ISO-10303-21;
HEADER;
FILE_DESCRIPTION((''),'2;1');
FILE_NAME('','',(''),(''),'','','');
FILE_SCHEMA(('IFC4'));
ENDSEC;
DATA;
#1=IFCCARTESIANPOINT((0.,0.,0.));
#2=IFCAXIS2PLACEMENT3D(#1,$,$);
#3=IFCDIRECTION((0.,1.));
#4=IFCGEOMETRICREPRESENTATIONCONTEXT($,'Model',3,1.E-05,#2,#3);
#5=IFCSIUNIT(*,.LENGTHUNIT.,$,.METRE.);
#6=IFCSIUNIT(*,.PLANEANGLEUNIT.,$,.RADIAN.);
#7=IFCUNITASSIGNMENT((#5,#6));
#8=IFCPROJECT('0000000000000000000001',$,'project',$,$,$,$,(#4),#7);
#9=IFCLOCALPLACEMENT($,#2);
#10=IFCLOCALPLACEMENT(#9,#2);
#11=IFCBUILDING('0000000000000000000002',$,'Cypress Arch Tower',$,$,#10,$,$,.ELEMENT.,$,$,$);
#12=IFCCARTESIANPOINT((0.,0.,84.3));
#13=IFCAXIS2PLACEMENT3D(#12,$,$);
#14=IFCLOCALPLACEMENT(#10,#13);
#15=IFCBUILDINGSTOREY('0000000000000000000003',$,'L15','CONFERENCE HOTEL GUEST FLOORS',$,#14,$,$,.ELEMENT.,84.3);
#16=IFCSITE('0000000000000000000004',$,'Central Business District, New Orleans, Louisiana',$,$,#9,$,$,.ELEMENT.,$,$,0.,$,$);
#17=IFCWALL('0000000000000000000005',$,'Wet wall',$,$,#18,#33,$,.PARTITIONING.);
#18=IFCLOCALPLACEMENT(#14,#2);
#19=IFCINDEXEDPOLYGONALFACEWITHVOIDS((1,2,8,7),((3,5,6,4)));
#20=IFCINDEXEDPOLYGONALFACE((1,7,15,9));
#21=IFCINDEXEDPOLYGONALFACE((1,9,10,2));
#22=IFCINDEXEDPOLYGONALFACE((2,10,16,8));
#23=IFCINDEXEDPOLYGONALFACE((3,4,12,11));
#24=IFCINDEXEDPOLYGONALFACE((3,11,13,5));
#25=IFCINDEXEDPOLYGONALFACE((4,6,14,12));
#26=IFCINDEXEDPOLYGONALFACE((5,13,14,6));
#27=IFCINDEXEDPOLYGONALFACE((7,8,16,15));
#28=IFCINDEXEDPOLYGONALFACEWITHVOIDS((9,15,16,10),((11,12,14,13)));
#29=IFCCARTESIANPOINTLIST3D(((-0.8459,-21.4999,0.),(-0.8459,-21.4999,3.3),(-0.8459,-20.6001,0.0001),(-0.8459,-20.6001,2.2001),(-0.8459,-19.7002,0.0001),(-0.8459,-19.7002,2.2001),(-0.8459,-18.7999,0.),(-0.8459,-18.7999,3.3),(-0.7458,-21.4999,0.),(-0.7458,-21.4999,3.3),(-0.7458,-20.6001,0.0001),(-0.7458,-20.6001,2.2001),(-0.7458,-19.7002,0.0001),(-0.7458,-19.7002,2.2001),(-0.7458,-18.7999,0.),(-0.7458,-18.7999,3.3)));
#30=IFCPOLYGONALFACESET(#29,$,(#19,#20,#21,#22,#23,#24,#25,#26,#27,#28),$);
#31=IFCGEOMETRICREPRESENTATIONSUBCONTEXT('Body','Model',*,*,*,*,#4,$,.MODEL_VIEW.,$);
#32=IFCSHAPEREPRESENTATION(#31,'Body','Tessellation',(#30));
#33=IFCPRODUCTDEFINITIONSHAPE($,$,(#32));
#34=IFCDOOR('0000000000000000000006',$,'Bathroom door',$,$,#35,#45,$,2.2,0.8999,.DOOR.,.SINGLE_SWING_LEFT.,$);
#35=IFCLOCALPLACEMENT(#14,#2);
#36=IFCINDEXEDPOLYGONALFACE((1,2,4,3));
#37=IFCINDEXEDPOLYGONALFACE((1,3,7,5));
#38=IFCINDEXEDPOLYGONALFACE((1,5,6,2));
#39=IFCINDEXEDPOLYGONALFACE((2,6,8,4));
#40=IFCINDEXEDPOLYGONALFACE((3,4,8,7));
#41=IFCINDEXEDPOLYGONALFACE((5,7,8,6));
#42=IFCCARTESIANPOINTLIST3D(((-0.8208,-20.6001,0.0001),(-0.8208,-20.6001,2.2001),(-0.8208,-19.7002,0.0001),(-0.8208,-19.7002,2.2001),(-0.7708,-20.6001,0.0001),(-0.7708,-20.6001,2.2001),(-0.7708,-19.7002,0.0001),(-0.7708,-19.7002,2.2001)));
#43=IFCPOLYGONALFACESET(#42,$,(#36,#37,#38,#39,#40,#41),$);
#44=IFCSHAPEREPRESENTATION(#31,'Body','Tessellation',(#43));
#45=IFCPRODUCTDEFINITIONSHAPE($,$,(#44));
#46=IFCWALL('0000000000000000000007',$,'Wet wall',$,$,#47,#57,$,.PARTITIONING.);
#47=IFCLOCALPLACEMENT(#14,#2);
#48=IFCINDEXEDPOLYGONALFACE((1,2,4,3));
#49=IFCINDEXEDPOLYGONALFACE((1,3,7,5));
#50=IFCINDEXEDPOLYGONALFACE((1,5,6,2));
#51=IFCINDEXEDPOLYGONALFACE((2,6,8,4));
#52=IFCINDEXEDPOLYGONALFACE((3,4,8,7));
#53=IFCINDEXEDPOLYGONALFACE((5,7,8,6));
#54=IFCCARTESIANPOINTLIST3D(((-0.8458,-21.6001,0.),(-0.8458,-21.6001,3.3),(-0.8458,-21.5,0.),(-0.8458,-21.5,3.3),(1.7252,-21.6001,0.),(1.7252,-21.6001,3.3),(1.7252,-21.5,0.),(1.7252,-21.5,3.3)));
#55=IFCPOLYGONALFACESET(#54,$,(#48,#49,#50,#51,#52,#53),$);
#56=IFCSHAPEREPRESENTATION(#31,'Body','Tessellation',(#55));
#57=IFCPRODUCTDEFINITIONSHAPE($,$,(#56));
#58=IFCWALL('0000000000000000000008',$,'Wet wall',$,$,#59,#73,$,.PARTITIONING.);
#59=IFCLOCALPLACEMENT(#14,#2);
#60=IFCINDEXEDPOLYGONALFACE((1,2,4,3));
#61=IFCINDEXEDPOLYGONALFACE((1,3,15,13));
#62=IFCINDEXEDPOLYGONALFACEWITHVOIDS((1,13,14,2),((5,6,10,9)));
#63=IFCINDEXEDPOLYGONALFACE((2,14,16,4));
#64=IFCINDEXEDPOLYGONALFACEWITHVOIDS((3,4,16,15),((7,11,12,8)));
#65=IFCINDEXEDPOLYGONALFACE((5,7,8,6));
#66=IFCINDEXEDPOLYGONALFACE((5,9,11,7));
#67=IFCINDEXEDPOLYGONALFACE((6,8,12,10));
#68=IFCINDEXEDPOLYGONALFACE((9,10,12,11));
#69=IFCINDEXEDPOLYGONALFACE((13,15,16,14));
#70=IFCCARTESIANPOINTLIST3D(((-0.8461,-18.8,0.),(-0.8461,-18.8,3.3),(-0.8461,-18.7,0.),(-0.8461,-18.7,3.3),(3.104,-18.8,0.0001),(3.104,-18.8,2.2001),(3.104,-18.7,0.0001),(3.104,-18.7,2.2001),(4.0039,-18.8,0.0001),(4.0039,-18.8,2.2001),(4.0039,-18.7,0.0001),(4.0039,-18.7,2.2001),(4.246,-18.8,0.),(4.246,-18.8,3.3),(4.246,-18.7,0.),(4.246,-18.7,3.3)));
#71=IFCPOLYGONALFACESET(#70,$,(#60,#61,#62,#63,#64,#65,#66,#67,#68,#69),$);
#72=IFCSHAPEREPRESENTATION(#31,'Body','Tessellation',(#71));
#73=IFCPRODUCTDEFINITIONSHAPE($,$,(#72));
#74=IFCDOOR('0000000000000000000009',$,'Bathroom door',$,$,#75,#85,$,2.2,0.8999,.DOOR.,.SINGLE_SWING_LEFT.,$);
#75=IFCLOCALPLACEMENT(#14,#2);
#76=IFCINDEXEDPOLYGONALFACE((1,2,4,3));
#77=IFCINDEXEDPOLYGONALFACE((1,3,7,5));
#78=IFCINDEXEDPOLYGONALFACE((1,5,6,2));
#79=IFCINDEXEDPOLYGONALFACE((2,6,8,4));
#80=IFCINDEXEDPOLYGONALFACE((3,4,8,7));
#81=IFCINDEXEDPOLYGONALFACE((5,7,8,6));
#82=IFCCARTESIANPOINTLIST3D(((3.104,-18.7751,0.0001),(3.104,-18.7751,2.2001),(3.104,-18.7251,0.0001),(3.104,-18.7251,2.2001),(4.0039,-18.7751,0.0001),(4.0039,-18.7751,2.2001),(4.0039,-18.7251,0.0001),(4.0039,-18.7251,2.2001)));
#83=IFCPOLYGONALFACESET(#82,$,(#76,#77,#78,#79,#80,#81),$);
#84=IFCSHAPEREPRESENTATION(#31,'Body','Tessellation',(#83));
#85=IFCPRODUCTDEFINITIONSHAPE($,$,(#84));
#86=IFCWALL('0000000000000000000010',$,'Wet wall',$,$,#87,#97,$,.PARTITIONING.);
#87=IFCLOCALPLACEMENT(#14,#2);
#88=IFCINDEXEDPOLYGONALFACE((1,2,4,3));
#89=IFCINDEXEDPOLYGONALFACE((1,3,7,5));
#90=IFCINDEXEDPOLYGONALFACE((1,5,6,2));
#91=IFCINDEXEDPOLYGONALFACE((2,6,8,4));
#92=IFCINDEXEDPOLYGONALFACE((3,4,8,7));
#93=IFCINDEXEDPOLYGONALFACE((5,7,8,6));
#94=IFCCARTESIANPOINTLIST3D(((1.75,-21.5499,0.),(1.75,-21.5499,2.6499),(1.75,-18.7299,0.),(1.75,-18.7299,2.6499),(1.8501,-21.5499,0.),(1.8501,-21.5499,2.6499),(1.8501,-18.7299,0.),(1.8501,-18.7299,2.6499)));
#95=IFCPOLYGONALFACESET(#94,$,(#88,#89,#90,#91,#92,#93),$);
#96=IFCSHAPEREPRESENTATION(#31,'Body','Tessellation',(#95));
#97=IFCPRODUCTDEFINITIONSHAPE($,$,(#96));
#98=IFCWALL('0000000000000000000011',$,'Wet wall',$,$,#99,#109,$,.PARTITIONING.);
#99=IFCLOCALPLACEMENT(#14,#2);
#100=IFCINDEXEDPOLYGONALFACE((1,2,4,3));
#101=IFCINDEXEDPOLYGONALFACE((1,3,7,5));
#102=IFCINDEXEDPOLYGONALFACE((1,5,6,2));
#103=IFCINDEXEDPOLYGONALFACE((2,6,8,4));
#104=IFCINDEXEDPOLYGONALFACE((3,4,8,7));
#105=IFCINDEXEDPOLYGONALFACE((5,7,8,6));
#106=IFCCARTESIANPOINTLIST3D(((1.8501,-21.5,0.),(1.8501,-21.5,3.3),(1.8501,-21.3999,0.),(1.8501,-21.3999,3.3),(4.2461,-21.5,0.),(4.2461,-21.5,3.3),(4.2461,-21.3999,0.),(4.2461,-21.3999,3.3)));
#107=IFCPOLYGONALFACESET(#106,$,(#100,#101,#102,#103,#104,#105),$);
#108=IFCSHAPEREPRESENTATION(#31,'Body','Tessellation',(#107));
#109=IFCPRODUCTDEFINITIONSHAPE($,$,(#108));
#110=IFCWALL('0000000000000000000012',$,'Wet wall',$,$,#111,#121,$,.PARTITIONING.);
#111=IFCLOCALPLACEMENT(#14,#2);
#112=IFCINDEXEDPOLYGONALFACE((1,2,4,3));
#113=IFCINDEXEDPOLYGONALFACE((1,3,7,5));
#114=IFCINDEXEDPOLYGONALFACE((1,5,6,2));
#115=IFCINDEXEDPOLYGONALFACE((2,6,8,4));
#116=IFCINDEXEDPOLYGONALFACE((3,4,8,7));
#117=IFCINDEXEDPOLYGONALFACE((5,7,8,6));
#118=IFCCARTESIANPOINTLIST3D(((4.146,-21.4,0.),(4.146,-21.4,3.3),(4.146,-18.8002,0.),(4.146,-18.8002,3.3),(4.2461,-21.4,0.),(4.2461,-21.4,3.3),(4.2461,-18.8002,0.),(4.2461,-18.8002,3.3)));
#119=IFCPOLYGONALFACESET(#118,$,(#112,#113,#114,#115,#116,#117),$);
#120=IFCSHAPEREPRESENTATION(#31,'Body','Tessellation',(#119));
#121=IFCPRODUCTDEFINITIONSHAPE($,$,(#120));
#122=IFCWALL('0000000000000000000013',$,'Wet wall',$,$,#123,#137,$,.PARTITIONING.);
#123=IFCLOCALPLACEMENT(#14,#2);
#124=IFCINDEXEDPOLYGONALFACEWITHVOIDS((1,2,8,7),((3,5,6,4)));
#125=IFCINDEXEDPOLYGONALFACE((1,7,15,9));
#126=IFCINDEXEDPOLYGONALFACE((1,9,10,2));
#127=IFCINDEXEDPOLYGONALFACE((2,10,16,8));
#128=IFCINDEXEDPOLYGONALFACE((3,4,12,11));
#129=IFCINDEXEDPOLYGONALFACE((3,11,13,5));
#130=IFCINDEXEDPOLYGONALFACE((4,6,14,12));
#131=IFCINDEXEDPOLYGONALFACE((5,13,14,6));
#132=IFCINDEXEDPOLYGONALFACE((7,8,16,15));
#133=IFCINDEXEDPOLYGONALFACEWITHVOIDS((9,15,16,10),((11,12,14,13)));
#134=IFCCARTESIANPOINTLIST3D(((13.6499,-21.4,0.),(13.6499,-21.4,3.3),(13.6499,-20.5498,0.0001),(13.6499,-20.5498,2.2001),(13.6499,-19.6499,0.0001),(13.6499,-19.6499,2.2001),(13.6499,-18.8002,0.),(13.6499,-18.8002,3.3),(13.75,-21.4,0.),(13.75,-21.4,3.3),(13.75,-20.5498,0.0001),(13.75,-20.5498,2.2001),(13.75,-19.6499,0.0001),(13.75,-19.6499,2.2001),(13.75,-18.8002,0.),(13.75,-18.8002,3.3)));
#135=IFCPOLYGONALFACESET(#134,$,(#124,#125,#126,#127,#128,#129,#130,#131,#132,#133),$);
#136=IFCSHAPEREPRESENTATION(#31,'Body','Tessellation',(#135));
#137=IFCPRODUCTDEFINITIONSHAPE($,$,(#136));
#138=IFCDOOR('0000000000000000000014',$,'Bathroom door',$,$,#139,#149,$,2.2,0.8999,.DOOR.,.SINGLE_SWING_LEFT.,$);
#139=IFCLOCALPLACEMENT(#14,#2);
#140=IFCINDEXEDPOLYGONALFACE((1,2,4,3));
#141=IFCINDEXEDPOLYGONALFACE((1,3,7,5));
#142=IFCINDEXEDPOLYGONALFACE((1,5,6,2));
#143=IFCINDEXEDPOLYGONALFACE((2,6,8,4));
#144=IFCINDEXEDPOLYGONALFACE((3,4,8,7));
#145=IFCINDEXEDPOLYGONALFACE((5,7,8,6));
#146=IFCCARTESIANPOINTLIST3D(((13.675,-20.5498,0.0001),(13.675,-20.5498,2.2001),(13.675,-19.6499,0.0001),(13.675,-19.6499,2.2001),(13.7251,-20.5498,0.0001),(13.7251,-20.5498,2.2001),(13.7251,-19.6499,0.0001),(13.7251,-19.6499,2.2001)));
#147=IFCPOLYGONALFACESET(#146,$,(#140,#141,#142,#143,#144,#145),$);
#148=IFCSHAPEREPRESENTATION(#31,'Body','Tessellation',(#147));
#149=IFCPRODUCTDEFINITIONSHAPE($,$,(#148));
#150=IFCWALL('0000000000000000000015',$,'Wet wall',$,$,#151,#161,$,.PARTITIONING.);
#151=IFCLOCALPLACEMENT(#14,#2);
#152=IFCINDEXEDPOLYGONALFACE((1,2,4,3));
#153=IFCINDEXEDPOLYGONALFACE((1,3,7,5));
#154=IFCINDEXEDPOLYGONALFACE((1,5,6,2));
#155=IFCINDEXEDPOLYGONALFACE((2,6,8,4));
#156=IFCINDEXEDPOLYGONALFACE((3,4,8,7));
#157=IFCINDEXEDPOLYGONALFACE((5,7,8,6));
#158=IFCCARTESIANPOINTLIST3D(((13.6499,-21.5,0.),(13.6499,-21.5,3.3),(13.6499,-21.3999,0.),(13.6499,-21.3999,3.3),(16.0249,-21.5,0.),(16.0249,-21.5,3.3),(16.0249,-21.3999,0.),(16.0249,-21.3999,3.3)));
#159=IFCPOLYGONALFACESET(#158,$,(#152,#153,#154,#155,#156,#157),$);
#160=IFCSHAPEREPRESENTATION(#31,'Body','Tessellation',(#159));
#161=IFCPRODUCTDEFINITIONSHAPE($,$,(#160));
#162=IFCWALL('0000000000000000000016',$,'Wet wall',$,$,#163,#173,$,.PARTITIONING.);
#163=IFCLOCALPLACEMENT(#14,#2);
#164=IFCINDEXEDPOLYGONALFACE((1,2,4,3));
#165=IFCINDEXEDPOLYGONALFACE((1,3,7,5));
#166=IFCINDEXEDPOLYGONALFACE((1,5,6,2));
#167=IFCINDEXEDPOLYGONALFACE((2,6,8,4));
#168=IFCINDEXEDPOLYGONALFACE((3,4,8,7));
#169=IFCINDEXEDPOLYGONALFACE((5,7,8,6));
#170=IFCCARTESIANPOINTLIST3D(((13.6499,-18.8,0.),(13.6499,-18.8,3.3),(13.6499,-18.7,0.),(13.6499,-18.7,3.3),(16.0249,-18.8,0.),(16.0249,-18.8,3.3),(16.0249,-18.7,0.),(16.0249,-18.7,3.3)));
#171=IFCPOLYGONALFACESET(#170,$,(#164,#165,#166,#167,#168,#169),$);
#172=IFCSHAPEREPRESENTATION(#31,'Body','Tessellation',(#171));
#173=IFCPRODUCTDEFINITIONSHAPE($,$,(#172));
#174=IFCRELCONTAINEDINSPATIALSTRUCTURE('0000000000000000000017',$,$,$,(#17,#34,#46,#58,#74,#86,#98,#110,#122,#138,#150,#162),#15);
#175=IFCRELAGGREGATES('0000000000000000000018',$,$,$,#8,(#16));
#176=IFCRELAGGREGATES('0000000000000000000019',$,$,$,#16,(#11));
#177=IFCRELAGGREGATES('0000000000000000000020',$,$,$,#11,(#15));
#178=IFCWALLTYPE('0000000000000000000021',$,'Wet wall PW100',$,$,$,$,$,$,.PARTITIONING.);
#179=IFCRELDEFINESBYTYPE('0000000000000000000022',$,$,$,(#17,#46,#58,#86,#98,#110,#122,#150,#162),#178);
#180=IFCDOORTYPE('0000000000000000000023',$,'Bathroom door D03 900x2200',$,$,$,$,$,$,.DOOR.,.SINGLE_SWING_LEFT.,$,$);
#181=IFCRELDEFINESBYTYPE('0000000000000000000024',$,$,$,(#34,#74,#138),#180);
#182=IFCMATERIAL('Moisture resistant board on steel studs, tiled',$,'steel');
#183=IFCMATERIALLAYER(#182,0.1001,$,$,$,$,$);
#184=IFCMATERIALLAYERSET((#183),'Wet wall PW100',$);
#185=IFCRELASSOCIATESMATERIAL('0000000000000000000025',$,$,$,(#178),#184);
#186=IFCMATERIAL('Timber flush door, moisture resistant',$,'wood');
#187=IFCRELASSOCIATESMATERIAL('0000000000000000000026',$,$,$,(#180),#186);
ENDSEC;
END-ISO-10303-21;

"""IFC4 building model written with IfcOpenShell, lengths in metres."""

from ifc_helpers import new_model, si_unit, direction, frame, frame_2d, origin, place, context, subcontext, project, spatial, rectangle, extrude, material, layer, layer_set, type_object, element, fill, save


model = new_model("IFC4")

# Units and contexts
model_context = context("Model", 3, precision=1e-05, world=origin(), true_north=direction((0.0, 1.0)))
body_context = subcontext(model_context, "Body", "Model", "MODEL_VIEW")
ifc_project = project(units=[si_unit("LENGTHUNIT", "METRE"), si_unit("PLANEANGLEUNIT", "RADIAN")], contexts=[model_context])

# Site, building, storey
site_placement = place(None, origin())
site = spatial("IfcSite", under=ifc_project, at=site_placement, Name="Central Business District, New Orleans, Louisiana", CompositionType="ELEMENT", RefElevation=0.0)
building_placement = place(site_placement, origin())
building = spatial("IfcBuilding", under=site, at=building_placement, Name="Cypress Arch Tower", CompositionType="ELEMENT")
storey_placement = place(building_placement, frame((0.0, 0.0, 84.3)))
storey = spatial("IfcBuildingStorey", under=building, at=storey_placement, Name="L15", Description="CONFERENCE HOTEL GUEST FLOORS", CompositionType="ELEMENT", Elevation=84.3)

# Wall, opening, door
ifc_material_1 = material(Name="Moisture resistant board on steel studs, tiled", Category="steel")
ifc_layer_1 = layer(ifc_material_1, 0.1001)
ifc_layer_set_1 = layer_set([ifc_layer_1], Name="Wet wall PW100")
wall_type_1 = type_object("IfcWallType", Name="Wet wall PW100", PredefinedType="PARTITIONING", material=ifc_layer_set_1)
wall_1_placement = place(storey_placement, frame((-0.7959, -21.5, 0.0), z_axis=(0.0, 0.0, 1.0), x_axis=(0.0, 1.0, 0.0)))
wall_1 = element("IfcWall", 1, at=wall_1_placement, inside=storey, type_object=wall_type_1, Name="Wet wall", PredefinedType="PARTITIONING", context=body_context, shape_type="SweptSolid", body=[
    extrude(rectangle(XDim=2.7, YDim=0.1001, at=frame_2d((1.3501, 0.0))), origin(), (0.0, 0.0, 1.0), 3.3),
])
opening_1_placement = place(wall_1_placement, frame((0.8999, 0.0, 0.0)))
opening_1 = element("IfcOpeningElement", 2, at=opening_1_placement, cuts=wall_1, PredefinedType="OPENING", context=body_context, shape_type="SweptSolid", body=[
    extrude(rectangle(XDim=0.8999, YDim=2.2, at=frame_2d((0.45, 1.1001))), frame((0.0, 0.0601, 0.0), z_axis=(0.0, -1.0, 0.0), x_axis=(1.0, 0.0, 0.0)), (0.0, 0.0, 1.0), 0.1201),
])
ifc_material_2 = material(Name="Timber flush door, moisture resistant", Category="wood")
door_type_1 = type_object("IfcDoorType", Name="Bathroom door D03 900x2200", OperationType="SINGLE_SWING_LEFT", PredefinedType="DOOR", material=ifc_material_2)
door_1_placement = place(opening_1_placement, origin())
door_1 = element("IfcDoor", 3, at=door_1_placement, inside=storey, type_object=door_type_1, Name="Bathroom door", OperationType="SINGLE_SWING_LEFT", OverallHeight=2.2, OverallWidth=0.8999, PredefinedType="DOOR", context=body_context, shape_type="SweptSolid", body=[
    extrude(rectangle(XDim=0.8999, YDim=2.2, at=frame_2d((0.45, 1.1001))), frame((0.0, 0.0249, 0.0), z_axis=(0.0, -1.0, 0.0), x_axis=(1.0, 0.0, 0.0)), (0.0, 0.0, 1.0), 0.05),
])
fill(opening_1, door_1)

# Wall
wall_2_placement = place(storey_placement, frame((-0.8459, -21.55, 0.0), z_axis=(0.0, 0.0, 1.0), x_axis=(1.0, 0.0, 0.0)))
element("IfcWall", 4, at=wall_2_placement, inside=storey, type_object=wall_type_1, Name="Wet wall", PredefinedType="PARTITIONING", context=body_context, shape_type="SweptSolid", body=[
    extrude(rectangle(XDim=2.571, YDim=0.1001, at=frame_2d((1.2856, 0.0))), origin(), (0.0, 0.0, 1.0), 3.3),
])

# Wall, opening, door
wall_3_placement = place(storey_placement, frame((-0.8459, -18.75, 0.0), z_axis=(0.0, 0.0, 1.0), x_axis=(1.0, 0.0, 0.0)))
wall_3 = element("IfcWall", 5, at=wall_3_placement, inside=storey, type_object=wall_type_1, Name="Wet wall", PredefinedType="PARTITIONING", context=body_context, shape_type="SweptSolid", body=[
    extrude(rectangle(XDim=5.092, YDim=0.1001, at=frame_2d((2.5459, 0.0))), origin(), (0.0, 0.0, 1.0), 3.3),
])
opening_2_placement = place(wall_3_placement, frame((3.95, 0.0, 0.0)))
opening_2 = element("IfcOpeningElement", 6, at=opening_2_placement, cuts=wall_3, PredefinedType="OPENING", context=body_context, shape_type="SweptSolid", body=[
    extrude(rectangle(XDim=0.8999, YDim=2.2, at=frame_2d((0.45, 1.1001))), frame((0.0, 0.0601, 0.0), z_axis=(0.0, -1.0, 0.0), x_axis=(1.0, 0.0, 0.0)), (0.0, 0.0, 1.0), 0.1201),
])
door_2_placement = place(opening_2_placement, origin())
door_2 = element("IfcDoor", 7, at=door_2_placement, inside=storey, type_object=door_type_1, Name="Bathroom door", OperationType="SINGLE_SWING_LEFT", OverallHeight=2.2, OverallWidth=0.8999, PredefinedType="DOOR", context=body_context, shape_type="SweptSolid", body=[
    extrude(rectangle(XDim=0.8999, YDim=2.2, at=frame_2d((0.45, 1.1001))), frame((0.0, 0.0249, 0.0), z_axis=(0.0, -1.0, 0.0), x_axis=(1.0, 0.0, 0.0)), (0.0, 0.0, 1.0), 0.05),
])
fill(opening_2, door_2)

# Walls
wall_4_placement = place(storey_placement, frame((1.8, -21.55, 0.0), z_axis=(0.0, 0.0, 1.0), x_axis=(0.0, 1.0, 0.0)))
element("IfcWall", 8, at=wall_4_placement, inside=storey, type_object=wall_type_1, Name="Wet wall", PredefinedType="PARTITIONING", context=body_context, shape_type="SweptSolid", body=[
    extrude(rectangle(XDim=2.8201, YDim=0.1001, at=frame_2d((1.4102, 0.0))), origin(), (0.0, 0.0, 1.0), 2.6499),
])
wall_5_placement = place(storey_placement, frame((1.8501, -21.45, 0.0), z_axis=(0.0, 0.0, 1.0), x_axis=(1.0, 0.0, 0.0)))
element("IfcWall", 9, at=wall_5_placement, inside=storey, type_object=wall_type_1, Name="Wet wall", PredefinedType="PARTITIONING", context=body_context, shape_type="SweptSolid", body=[
    extrude(rectangle(XDim=2.396, YDim=0.1001, at=frame_2d((1.198, 0.0))), origin(), (0.0, 0.0, 1.0), 3.3),
])
wall_6_placement = place(storey_placement, frame((4.196, -21.3999, 0.0), z_axis=(0.0, 0.0, 1.0), x_axis=(0.0, 1.0, 0.0)))
element("IfcWall", 10, at=wall_6_placement, inside=storey, type_object=wall_type_1, Name="Wet wall", PredefinedType="PARTITIONING", context=body_context, shape_type="SweptSolid", body=[
    extrude(rectangle(XDim=2.5999, YDim=0.1001, at=frame_2d((1.2998, 0.0))), origin(), (0.0, 0.0, 1.0), 3.3),
])

# Wall, opening, door
wall_7_placement = place(storey_placement, frame((13.7, -21.3999, 0.0), z_axis=(0.0, 0.0, 1.0), x_axis=(0.0, 1.0, 0.0)))
wall_7 = element("IfcWall", 11, at=wall_7_placement, inside=storey, type_object=wall_type_1, Name="Wet wall", PredefinedType="PARTITIONING", context=body_context, shape_type="SweptSolid", body=[
    extrude(rectangle(XDim=2.5999, YDim=0.1001, at=frame_2d((1.2998, 0.0))), origin(), (0.0, 0.0, 1.0), 3.3),
])
opening_3_placement = place(wall_7_placement, frame((0.8501, 0.0, 0.0)))
opening_3 = element("IfcOpeningElement", 12, at=opening_3_placement, cuts=wall_7, PredefinedType="OPENING", context=body_context, shape_type="SweptSolid", body=[
    extrude(rectangle(XDim=0.8999, YDim=2.2, at=frame_2d((0.45, 1.1001))), frame((0.0, 0.0601, 0.0), z_axis=(0.0, -1.0, 0.0), x_axis=(1.0, 0.0, 0.0)), (0.0, 0.0, 1.0), 0.1201),
])
door_3_placement = place(opening_3_placement, origin())
door_3 = element("IfcDoor", 13, at=door_3_placement, inside=storey, type_object=door_type_1, Name="Bathroom door", OperationType="SINGLE_SWING_LEFT", OverallHeight=2.2, OverallWidth=0.8999, PredefinedType="DOOR", context=body_context, shape_type="SweptSolid", body=[
    extrude(rectangle(XDim=0.8999, YDim=2.2, at=frame_2d((0.45, 1.1001))), frame((0.0, 0.0249, 0.0), z_axis=(0.0, -1.0, 0.0), x_axis=(1.0, 0.0, 0.0)), (0.0, 0.0, 1.0), 0.05),
])
fill(opening_3, door_3)

# Walls
for number, where, z_axis, x_axis, name in (
    (14, (13.6499, -21.45, 0.0), (0.0, 0.0, 1.0), (1.0, 0.0, 0.0), "Wet wall"),
    (15, (13.6499, -18.75, 0.0), (0.0, 0.0, 1.0), (1.0, 0.0, 0.0), "Wet wall"),
):
    element("IfcWall", number, at=place(storey_placement, frame(where, z_axis=z_axis, x_axis=x_axis)), inside=storey, type_object=wall_type_1, Name=name, PredefinedType="PARTITIONING", context=body_context, shape_type="SweptSolid", body=[
        extrude(rectangle(XDim=2.375, YDim=0.1001, at=frame_2d((1.1875, 0.0))), origin(), (0.0, 0.0, 1.0), 3.3),
    ])

save(model, "model.ifc")
